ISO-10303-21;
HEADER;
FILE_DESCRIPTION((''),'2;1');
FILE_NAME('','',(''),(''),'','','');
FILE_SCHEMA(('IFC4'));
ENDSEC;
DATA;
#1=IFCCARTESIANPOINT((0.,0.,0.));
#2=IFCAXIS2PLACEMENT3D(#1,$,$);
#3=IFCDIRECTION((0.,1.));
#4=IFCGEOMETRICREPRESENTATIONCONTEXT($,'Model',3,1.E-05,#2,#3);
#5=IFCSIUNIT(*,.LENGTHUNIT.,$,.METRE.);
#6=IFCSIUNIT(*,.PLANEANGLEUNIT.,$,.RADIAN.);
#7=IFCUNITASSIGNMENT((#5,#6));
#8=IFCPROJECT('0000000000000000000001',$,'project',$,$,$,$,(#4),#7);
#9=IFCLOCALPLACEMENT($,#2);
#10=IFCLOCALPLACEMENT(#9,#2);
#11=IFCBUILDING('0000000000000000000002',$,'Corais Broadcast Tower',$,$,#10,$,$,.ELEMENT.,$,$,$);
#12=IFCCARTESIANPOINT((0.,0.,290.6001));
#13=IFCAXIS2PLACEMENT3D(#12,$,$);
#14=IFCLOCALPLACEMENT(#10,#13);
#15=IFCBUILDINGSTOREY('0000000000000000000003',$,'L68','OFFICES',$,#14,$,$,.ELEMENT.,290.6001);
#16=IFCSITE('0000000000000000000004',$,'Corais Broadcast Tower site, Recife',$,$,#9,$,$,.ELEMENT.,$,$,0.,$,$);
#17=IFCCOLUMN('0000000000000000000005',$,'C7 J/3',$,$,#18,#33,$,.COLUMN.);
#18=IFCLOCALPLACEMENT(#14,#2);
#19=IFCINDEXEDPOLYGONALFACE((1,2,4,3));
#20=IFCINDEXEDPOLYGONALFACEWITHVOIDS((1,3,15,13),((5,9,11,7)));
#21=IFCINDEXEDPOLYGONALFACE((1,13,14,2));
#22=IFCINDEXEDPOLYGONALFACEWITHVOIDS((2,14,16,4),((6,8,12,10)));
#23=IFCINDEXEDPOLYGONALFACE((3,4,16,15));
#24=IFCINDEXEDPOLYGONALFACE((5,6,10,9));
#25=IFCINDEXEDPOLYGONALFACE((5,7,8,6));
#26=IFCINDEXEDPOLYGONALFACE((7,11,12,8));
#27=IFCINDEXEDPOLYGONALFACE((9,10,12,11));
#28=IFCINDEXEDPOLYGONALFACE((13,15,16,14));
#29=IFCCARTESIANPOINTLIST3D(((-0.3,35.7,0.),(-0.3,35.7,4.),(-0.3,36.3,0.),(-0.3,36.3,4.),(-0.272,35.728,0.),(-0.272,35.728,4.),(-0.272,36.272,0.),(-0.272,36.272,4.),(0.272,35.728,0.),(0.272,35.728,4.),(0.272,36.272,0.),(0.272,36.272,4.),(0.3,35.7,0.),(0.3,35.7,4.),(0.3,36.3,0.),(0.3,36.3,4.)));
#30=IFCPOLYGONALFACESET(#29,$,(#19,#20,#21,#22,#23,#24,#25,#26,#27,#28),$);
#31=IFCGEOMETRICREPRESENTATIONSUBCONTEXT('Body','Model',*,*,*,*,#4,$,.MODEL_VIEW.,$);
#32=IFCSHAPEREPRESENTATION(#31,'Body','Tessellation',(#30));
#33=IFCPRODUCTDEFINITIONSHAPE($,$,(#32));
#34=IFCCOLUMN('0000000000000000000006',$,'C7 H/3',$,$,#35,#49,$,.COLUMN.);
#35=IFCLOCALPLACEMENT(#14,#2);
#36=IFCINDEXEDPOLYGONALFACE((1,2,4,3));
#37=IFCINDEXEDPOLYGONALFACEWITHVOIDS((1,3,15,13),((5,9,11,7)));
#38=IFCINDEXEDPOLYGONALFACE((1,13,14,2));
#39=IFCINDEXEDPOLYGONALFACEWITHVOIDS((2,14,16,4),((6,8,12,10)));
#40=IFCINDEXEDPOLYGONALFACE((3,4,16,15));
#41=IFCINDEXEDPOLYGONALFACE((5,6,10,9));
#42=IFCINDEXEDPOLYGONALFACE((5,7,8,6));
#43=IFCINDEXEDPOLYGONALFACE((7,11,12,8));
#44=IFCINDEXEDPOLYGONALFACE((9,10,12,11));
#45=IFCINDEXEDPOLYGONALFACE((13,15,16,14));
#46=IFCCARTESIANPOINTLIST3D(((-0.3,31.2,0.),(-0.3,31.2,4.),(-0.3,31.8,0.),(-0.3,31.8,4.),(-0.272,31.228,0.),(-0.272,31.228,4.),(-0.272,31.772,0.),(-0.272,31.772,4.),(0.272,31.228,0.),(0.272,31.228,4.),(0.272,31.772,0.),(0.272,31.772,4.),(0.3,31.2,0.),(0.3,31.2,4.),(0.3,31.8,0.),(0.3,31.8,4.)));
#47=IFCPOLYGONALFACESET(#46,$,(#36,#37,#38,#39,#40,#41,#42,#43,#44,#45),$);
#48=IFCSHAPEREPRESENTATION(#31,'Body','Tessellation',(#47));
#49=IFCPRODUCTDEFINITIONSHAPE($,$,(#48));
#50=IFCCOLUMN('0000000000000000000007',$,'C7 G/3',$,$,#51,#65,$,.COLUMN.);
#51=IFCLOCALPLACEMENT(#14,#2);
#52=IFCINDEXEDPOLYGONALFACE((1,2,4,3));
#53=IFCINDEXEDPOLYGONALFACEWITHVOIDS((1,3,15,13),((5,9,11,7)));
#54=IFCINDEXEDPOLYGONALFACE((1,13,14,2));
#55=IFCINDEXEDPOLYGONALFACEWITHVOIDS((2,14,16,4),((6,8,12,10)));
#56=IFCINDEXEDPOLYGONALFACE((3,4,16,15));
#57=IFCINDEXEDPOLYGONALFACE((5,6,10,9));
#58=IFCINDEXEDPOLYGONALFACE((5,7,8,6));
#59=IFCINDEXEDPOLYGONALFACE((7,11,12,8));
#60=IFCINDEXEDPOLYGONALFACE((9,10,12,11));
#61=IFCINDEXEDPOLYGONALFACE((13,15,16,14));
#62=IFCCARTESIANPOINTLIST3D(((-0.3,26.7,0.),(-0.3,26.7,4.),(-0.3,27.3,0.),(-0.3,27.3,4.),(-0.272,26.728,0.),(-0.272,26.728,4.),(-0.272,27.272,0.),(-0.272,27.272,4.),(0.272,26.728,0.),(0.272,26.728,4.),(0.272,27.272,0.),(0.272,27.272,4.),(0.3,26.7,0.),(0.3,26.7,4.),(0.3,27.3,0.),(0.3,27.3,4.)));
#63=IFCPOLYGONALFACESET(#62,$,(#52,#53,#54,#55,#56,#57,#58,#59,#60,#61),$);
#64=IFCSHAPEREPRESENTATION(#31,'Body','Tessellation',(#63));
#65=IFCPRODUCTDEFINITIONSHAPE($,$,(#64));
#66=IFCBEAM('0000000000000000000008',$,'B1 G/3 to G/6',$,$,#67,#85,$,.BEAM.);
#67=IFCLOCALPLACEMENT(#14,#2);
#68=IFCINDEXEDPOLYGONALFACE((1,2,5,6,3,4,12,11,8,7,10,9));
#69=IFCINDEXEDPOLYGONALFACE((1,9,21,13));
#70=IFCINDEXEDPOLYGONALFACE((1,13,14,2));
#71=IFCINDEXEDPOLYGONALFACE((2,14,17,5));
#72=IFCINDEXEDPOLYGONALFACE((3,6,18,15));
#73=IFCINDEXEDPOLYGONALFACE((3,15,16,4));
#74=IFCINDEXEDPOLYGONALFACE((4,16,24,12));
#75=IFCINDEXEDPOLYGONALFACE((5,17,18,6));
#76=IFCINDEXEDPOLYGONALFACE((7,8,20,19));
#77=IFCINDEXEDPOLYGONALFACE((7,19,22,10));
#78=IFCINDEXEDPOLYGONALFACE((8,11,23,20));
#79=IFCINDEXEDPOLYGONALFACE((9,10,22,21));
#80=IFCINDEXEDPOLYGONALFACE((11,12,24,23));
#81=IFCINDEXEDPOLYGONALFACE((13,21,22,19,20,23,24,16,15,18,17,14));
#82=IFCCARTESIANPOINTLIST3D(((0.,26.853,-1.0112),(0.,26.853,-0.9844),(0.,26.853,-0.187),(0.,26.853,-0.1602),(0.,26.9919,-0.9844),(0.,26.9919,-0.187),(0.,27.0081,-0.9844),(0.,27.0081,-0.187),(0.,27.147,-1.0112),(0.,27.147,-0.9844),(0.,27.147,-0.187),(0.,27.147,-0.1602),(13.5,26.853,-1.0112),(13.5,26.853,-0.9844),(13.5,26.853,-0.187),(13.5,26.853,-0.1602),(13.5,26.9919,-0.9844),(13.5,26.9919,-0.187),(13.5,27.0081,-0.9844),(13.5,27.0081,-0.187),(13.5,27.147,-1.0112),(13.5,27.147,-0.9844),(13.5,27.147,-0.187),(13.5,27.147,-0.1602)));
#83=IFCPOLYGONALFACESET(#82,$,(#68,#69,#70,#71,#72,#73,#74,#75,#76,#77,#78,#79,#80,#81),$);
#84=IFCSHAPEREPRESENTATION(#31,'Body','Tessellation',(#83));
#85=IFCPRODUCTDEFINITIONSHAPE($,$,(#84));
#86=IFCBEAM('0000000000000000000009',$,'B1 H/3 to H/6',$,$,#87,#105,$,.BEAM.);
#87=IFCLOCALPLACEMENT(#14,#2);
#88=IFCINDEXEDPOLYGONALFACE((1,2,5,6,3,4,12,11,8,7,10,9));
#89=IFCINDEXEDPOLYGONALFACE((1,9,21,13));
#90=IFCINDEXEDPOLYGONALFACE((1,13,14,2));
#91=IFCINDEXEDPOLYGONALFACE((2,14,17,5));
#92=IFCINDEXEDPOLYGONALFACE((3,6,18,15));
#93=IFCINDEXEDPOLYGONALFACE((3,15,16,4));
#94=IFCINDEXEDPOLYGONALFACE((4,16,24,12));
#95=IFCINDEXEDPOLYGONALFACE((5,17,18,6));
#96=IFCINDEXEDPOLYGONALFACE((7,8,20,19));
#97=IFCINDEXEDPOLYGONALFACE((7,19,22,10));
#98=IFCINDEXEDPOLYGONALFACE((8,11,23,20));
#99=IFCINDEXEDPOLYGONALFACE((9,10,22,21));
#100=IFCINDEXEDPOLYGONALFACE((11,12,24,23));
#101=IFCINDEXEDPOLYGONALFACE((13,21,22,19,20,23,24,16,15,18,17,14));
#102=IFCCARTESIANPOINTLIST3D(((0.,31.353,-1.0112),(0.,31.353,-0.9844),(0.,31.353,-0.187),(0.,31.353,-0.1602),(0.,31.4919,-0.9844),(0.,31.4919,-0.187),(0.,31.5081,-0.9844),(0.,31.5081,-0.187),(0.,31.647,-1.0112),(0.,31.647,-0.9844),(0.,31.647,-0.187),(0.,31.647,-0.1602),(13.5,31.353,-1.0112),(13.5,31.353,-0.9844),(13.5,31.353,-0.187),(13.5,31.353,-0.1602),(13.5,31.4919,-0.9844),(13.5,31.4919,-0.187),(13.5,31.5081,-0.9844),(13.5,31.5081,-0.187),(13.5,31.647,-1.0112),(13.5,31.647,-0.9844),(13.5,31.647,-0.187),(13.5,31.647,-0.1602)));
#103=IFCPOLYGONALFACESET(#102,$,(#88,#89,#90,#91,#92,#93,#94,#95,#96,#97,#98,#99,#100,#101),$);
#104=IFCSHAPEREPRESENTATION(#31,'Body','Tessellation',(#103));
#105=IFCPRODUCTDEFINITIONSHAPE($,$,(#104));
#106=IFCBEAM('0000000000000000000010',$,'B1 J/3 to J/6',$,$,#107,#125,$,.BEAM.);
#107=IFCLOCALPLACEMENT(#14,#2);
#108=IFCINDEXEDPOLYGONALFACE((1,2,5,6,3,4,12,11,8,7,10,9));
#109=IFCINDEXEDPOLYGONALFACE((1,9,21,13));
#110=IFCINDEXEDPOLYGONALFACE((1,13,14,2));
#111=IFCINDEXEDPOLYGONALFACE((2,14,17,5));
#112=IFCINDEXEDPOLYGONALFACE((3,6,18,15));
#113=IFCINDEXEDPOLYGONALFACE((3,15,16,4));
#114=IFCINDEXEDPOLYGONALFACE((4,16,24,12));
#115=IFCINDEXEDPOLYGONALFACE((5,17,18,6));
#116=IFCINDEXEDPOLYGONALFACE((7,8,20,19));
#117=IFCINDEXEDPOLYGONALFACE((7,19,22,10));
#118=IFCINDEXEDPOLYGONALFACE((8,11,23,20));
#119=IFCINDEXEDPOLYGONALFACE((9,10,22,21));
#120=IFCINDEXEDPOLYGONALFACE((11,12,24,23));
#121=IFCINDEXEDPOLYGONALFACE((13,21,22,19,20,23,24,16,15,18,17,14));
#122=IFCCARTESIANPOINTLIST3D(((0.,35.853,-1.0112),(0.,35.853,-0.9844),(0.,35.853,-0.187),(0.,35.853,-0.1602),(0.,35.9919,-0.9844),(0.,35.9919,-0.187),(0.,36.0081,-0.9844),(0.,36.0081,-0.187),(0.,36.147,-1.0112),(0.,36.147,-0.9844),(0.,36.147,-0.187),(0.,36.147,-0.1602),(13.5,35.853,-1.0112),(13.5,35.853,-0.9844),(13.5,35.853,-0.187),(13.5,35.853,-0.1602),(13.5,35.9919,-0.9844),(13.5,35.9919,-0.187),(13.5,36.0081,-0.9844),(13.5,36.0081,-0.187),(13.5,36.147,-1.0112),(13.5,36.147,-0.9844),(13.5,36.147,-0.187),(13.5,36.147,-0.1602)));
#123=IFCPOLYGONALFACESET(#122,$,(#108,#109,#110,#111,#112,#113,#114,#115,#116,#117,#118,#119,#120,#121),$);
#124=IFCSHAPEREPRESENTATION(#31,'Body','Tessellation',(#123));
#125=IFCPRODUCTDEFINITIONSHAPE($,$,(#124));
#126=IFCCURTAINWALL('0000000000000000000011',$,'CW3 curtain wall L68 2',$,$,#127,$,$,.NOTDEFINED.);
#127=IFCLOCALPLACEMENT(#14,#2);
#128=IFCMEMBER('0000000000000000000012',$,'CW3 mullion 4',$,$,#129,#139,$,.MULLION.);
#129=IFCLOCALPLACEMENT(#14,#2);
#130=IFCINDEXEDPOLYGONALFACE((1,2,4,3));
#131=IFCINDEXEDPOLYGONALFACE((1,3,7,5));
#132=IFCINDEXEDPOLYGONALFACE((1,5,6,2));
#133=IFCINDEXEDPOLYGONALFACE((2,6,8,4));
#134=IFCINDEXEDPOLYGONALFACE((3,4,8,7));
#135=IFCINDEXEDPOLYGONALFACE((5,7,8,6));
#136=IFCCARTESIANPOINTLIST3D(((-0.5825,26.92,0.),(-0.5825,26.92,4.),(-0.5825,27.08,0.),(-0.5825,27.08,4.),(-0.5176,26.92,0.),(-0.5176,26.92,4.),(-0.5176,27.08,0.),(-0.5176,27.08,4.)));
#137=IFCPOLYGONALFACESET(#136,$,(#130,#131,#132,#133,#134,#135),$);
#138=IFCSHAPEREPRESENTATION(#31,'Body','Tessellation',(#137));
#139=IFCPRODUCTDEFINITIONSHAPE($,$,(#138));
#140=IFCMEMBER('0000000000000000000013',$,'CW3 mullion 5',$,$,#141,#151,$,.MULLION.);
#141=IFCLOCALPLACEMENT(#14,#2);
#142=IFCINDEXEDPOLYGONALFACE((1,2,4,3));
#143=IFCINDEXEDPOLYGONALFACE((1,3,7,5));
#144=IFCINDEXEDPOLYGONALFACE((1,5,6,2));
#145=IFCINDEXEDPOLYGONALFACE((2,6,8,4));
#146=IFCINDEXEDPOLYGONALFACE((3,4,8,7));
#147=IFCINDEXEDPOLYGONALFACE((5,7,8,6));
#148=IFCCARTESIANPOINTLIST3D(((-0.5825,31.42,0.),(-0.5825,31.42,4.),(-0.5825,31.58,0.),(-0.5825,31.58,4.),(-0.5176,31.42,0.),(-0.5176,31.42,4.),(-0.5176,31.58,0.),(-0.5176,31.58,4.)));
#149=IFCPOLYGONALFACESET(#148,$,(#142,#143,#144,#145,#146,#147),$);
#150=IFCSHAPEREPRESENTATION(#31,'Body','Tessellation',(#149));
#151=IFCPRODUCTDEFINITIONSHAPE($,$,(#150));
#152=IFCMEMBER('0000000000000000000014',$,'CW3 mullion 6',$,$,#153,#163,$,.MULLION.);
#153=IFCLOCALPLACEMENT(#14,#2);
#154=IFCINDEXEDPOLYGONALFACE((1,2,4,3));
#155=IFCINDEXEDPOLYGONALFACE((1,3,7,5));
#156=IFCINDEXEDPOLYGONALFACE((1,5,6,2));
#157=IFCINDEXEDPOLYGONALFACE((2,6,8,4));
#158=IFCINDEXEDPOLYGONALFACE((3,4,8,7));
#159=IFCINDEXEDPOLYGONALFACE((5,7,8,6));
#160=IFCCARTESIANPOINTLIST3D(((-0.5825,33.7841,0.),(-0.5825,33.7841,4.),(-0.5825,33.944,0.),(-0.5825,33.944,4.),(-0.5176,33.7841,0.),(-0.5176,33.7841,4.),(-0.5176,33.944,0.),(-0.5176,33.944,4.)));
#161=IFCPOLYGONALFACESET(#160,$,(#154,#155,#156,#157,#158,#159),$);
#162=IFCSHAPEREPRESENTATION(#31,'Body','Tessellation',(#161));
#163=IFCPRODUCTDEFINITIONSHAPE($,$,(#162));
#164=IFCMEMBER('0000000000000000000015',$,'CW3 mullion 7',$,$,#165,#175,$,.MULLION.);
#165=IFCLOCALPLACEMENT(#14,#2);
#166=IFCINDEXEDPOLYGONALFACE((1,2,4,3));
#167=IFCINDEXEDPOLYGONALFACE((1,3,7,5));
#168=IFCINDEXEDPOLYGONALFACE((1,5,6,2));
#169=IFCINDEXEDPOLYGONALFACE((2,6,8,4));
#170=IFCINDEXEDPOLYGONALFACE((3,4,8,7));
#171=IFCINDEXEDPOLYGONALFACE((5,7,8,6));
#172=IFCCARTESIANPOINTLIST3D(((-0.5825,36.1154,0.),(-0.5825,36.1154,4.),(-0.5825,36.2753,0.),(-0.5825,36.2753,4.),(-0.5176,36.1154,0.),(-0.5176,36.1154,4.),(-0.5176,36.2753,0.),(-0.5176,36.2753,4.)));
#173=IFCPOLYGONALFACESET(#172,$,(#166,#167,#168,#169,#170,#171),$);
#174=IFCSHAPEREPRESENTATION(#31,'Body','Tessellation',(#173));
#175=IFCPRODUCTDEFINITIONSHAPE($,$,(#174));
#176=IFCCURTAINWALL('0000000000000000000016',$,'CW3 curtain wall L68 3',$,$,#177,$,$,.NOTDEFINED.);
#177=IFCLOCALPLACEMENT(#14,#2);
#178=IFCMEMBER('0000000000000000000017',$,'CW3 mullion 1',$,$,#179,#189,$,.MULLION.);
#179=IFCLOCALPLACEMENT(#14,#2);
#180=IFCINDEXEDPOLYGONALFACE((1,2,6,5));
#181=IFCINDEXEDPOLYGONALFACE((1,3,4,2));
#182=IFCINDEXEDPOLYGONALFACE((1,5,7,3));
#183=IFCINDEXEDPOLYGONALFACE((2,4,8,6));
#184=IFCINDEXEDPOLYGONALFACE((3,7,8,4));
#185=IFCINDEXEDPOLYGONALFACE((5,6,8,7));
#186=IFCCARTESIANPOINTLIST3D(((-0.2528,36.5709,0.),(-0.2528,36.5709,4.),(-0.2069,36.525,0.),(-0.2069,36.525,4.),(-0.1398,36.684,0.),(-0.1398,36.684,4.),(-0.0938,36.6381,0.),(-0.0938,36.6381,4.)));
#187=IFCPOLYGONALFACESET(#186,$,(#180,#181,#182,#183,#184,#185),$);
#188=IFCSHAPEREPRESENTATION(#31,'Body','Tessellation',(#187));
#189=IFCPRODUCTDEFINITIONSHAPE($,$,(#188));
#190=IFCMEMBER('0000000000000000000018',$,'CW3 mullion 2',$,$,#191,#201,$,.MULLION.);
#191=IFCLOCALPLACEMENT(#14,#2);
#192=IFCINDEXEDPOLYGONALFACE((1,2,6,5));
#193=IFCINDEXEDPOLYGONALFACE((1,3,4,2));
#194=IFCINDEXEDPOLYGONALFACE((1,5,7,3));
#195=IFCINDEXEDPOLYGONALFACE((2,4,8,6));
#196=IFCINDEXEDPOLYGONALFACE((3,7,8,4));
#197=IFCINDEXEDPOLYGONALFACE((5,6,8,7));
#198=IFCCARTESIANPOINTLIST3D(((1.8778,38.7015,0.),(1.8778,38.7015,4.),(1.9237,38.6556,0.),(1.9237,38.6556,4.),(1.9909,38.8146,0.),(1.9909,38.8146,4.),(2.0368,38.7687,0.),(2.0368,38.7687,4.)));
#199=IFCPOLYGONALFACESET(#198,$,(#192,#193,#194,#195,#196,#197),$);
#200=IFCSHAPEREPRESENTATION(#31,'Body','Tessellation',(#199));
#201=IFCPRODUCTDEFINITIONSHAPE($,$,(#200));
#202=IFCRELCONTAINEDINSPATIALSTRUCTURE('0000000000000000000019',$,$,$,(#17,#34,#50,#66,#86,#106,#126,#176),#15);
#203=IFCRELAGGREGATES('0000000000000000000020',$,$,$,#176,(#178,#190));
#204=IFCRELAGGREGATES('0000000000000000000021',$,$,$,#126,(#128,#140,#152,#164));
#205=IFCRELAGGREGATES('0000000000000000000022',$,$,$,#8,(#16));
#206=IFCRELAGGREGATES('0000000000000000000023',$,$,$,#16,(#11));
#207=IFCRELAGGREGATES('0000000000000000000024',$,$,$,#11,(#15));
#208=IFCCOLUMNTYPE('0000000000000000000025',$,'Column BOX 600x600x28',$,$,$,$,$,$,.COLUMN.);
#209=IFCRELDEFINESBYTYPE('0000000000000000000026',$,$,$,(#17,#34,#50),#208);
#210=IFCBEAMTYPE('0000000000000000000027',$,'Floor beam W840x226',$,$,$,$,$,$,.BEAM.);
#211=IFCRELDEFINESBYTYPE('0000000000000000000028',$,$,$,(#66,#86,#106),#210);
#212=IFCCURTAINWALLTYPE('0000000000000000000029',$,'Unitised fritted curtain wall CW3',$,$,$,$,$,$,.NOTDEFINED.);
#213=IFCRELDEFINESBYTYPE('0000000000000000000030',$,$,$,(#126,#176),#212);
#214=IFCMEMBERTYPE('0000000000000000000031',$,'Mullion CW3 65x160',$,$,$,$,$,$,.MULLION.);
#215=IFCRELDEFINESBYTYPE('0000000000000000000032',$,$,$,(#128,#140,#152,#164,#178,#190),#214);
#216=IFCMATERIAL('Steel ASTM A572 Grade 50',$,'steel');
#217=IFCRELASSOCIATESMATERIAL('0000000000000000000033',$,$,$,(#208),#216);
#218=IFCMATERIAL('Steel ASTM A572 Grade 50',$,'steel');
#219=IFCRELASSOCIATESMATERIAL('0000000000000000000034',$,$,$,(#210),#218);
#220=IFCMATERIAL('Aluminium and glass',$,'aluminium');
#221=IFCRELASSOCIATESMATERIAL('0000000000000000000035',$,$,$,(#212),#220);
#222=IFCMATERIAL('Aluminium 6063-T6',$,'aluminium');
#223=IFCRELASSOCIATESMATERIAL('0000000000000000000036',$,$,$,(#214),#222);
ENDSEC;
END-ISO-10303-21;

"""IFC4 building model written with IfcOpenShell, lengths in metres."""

from ifc_helpers import new_model, si_unit, direction, frame, origin, origin_2d, place, context, subcontext, project, spatial, rectangle, hollow_rectangle, i_section, extrude, material, material_profile, profile_set, type_object, element, aggregate, save


model = new_model("IFC4")

# Units and contexts
model_context = context("Model", 3, precision=1e-05, world=origin(), true_north=direction((0.0, 1.0)))
body_context = subcontext(model_context, "Body", "Model", "MODEL_VIEW")
ifc_project = project(units=[si_unit("LENGTHUNIT", "METRE"), si_unit("PLANEANGLEUNIT", "RADIAN")], contexts=[model_context])

# Site, building, storey
site_placement = place(None, origin())
site = spatial("IfcSite", under=ifc_project, at=site_placement, Name="Corais Broadcast Tower site, Recife", CompositionType="ELEMENT", RefElevation=0.0)
building_placement = place(site_placement, origin())
building = spatial("IfcBuilding", under=site, at=building_placement, Name="Corais Broadcast Tower", CompositionType="ELEMENT")
storey_placement = place(building_placement, frame((0.0, 0.0, 290.6001)))
storey = spatial("IfcBuildingStorey", under=building, at=storey_placement, Name="L68", Description="OFFICES", CompositionType="ELEMENT", Elevation=290.6001)

# Columns
ifc_material_1 = material(Name="Steel ASTM A572 Grade 50", Category="steel")
ifc_material_profile_1 = material_profile(ifc_material_1, hollow_rectangle(XDim=0.6001, YDim=0.6001, WallThickness=0.0281, at=origin_2d()), Name="BOX 600x600x28")
ifc_profile_set_1 = profile_set([ifc_material_profile_1], Name="Steel ASTM A572 Grade 50")
column_type = type_object("IfcColumnType", Name="Column BOX 600x600x28", PredefinedType="COLUMN", material=ifc_profile_set_1)
for number, where, z_axis, x_axis, name in (
    (1, (0.0, 36.0, 0.0), (0.0, 0.0, 1.0), (1.0, 0.0, 0.0), "C7 J/3"),
    (2, (0.0, 31.5, 0.0), (0.0, 0.0, 1.0), (1.0, 0.0, 0.0), "C7 H/3"),
    (3, (0.0, 27.0, 0.0), (0.0, 0.0, 1.0), (1.0, 0.0, 0.0), "C7 G/3"),
):
    element("IfcColumn", number, at=place(storey_placement, frame(where, z_axis=z_axis, x_axis=x_axis)), inside=storey, type_object=column_type, Name=name, PredefinedType="COLUMN", context=body_context, shape_type="SweptSolid", body=[
        extrude(hollow_rectangle(XDim=0.6001, YDim=0.6001, WallThickness=0.0281, at=origin_2d()), origin(), (0.0, 0.0, 1.0), 4.0),
    ])

# Beams
ifc_material_2 = material(Name="Steel ASTM A572 Grade 50", Category="steel")
ifc_material_profile_2 = material_profile(ifc_material_2, i_section(OverallWidth=0.2939, OverallDepth=0.8511, WebThickness=0.0161, FlangeThickness=0.0269, at=origin_2d()), Name="W840x226")
ifc_profile_set_2 = profile_set([ifc_material_profile_2], Name="Steel ASTM A572 Grade 50")
beam_type_1 = type_object("IfcBeamType", Name="Floor beam W840x226", PredefinedType="BEAM", material=ifc_profile_set_2)
for number, where, z_axis, x_axis, name in (
    (4, (0.0, 27.0, -0.5857), (1.0, 0.0, 0.0), (0.0, 1.0, 0.0), "B1 G/3 to G/6"),
    (5, (0.0, 31.5, -0.5857), (1.0, 0.0, 0.0), (0.0, 1.0, 0.0), "B1 H/3 to H/6"),
    (6, (0.0, 36.0, -0.5857), (1.0, 0.0, 0.0), (0.0, 1.0, 0.0), "B1 J/3 to J/6"),
):
    element("IfcBeam", number, at=place(storey_placement, frame(where, z_axis=z_axis, x_axis=x_axis)), inside=storey, type_object=beam_type_1, Name=name, PredefinedType="BEAM", context=body_context, shape_type="SweptSolid", body=[
        extrude(i_section(OverallWidth=0.2939, OverallDepth=0.8511, WebThickness=0.0161, FlangeThickness=0.0269, at=origin_2d()), origin(), (0.0, 0.0, 1.0), 13.5),
    ])

# Curtain walls, members
ifc_material_3 = material(Name="Aluminium and glass", Category="aluminium")
curtain_wall_type = type_object("IfcCurtainWallType", Name="Unitised fritted curtain wall CW3", PredefinedType="NOTDEFINED", material=ifc_material_3)
curtain_wall_1_placement = place(storey_placement, origin())
curtain_wall_1 = element("IfcCurtainWall", 7, at=curtain_wall_1_placement, inside=storey, type_object=curtain_wall_type, Name="CW3 curtain wall L68 2", PredefinedType="NOTDEFINED")
ifc_material_4 = material(Name="Aluminium 6063-T6", Category="aluminium")
ifc_material_profile_3 = material_profile(ifc_material_4, rectangle(XDim=0.0649, YDim=0.1599, at=origin_2d()), Name="Mullion CW3 65x160")
ifc_profile_set_3 = profile_set([ifc_material_profile_3], Name="Aluminium 6063-T6")
member_type_1 = type_object("IfcMemberType", Name="Mullion CW3 65x160", PredefinedType="MULLION", material=ifc_profile_set_3)
member_1_placement = place(storey_placement, frame((-0.55, 27.0, 0.0), z_axis=(0.0, 0.0, 1.0), x_axis=(-1.0, 0.0, 0.0)))
member_1 = element("IfcMember", 8, at=member_1_placement, type_object=member_type_1, Name="CW3 mullion 4", PredefinedType="MULLION", context=body_context, shape_type="SweptSolid", body=[
    extrude(rectangle(XDim=0.0649, YDim=0.1599, at=origin_2d()), origin(), (0.0, 0.0, 1.0), 4.0),
])
member_2_placement = place(storey_placement, frame((-0.55, 31.5, 0.0), z_axis=(0.0, 0.0, 1.0), x_axis=(-1.0, 0.0, 0.0)))
member_2 = element("IfcMember", 9, at=member_2_placement, type_object=member_type_1, Name="CW3 mullion 5", PredefinedType="MULLION", context=body_context, shape_type="SweptSolid", body=[
    extrude(rectangle(XDim=0.0649, YDim=0.1599, at=origin_2d()), origin(), (0.0, 0.0, 1.0), 4.0),
])
member_3_placement = place(storey_placement, frame((-0.55, 33.864, 0.0), z_axis=(0.0, 0.0, 1.0), x_axis=(-1.0, 0.0, 0.0)))
member_3 = element("IfcMember", 10, at=member_3_placement, type_object=member_type_1, Name="CW3 mullion 6", PredefinedType="MULLION", context=body_context, shape_type="SweptSolid", body=[
    extrude(rectangle(XDim=0.0649, YDim=0.1599, at=origin_2d()), origin(), (0.0, 0.0, 1.0), 4.0),
])
member_4_placement = place(storey_placement, frame((-0.55, 36.1953, 0.0), z_axis=(0.0, 0.0, 1.0), x_axis=(-1.0, 0.0, 0.0)))
member_4 = element("IfcMember", 11, at=member_4_placement, type_object=member_type_1, Name="CW3 mullion 7", PredefinedType="MULLION", context=body_context, shape_type="SweptSolid", body=[
    extrude(rectangle(XDim=0.0649, YDim=0.1599, at=origin_2d()), origin(), (0.0, 0.0, 1.0), 4.0),
])
curtain_wall_2_placement = place(storey_placement, origin())
curtain_wall_2 = element("IfcCurtainWall", 12, at=curtain_wall_2_placement, inside=storey, type_object=curtain_wall_type, Name="CW3 curtain wall L68 3", PredefinedType="NOTDEFINED")
member_5_placement = place(storey_placement, frame((-0.1733, 36.6045, 0.0), z_axis=(0.0, 0.0, 1.0), x_axis=(-0.707107, 0.707107, 0.0)))
member_5 = element("IfcMember", 13, at=member_5_placement, type_object=member_type_1, Name="CW3 mullion 1", PredefinedType="MULLION", context=body_context, shape_type="SweptSolid", body=[
    extrude(rectangle(XDim=0.0649, YDim=0.1599, at=origin_2d()), origin(), (0.0, 0.0, 1.0), 4.0),
])
member_6_placement = place(storey_placement, frame((1.9573, 38.7351, 0.0), z_axis=(0.0, 0.0, 1.0), x_axis=(-0.707107, 0.707107, 0.0)))
member_6 = element("IfcMember", 14, at=member_6_placement, type_object=member_type_1, Name="CW3 mullion 2", PredefinedType="MULLION", context=body_context, shape_type="SweptSolid", body=[
    extrude(rectangle(XDim=0.0649, YDim=0.1599, at=origin_2d()), origin(), (0.0, 0.0, 1.0), 4.0),
])

aggregate(curtain_wall_2, [member_5, member_6])
aggregate(curtain_wall_1, [member_1, member_2, member_3, member_4])

save(model, "model.ifc")
